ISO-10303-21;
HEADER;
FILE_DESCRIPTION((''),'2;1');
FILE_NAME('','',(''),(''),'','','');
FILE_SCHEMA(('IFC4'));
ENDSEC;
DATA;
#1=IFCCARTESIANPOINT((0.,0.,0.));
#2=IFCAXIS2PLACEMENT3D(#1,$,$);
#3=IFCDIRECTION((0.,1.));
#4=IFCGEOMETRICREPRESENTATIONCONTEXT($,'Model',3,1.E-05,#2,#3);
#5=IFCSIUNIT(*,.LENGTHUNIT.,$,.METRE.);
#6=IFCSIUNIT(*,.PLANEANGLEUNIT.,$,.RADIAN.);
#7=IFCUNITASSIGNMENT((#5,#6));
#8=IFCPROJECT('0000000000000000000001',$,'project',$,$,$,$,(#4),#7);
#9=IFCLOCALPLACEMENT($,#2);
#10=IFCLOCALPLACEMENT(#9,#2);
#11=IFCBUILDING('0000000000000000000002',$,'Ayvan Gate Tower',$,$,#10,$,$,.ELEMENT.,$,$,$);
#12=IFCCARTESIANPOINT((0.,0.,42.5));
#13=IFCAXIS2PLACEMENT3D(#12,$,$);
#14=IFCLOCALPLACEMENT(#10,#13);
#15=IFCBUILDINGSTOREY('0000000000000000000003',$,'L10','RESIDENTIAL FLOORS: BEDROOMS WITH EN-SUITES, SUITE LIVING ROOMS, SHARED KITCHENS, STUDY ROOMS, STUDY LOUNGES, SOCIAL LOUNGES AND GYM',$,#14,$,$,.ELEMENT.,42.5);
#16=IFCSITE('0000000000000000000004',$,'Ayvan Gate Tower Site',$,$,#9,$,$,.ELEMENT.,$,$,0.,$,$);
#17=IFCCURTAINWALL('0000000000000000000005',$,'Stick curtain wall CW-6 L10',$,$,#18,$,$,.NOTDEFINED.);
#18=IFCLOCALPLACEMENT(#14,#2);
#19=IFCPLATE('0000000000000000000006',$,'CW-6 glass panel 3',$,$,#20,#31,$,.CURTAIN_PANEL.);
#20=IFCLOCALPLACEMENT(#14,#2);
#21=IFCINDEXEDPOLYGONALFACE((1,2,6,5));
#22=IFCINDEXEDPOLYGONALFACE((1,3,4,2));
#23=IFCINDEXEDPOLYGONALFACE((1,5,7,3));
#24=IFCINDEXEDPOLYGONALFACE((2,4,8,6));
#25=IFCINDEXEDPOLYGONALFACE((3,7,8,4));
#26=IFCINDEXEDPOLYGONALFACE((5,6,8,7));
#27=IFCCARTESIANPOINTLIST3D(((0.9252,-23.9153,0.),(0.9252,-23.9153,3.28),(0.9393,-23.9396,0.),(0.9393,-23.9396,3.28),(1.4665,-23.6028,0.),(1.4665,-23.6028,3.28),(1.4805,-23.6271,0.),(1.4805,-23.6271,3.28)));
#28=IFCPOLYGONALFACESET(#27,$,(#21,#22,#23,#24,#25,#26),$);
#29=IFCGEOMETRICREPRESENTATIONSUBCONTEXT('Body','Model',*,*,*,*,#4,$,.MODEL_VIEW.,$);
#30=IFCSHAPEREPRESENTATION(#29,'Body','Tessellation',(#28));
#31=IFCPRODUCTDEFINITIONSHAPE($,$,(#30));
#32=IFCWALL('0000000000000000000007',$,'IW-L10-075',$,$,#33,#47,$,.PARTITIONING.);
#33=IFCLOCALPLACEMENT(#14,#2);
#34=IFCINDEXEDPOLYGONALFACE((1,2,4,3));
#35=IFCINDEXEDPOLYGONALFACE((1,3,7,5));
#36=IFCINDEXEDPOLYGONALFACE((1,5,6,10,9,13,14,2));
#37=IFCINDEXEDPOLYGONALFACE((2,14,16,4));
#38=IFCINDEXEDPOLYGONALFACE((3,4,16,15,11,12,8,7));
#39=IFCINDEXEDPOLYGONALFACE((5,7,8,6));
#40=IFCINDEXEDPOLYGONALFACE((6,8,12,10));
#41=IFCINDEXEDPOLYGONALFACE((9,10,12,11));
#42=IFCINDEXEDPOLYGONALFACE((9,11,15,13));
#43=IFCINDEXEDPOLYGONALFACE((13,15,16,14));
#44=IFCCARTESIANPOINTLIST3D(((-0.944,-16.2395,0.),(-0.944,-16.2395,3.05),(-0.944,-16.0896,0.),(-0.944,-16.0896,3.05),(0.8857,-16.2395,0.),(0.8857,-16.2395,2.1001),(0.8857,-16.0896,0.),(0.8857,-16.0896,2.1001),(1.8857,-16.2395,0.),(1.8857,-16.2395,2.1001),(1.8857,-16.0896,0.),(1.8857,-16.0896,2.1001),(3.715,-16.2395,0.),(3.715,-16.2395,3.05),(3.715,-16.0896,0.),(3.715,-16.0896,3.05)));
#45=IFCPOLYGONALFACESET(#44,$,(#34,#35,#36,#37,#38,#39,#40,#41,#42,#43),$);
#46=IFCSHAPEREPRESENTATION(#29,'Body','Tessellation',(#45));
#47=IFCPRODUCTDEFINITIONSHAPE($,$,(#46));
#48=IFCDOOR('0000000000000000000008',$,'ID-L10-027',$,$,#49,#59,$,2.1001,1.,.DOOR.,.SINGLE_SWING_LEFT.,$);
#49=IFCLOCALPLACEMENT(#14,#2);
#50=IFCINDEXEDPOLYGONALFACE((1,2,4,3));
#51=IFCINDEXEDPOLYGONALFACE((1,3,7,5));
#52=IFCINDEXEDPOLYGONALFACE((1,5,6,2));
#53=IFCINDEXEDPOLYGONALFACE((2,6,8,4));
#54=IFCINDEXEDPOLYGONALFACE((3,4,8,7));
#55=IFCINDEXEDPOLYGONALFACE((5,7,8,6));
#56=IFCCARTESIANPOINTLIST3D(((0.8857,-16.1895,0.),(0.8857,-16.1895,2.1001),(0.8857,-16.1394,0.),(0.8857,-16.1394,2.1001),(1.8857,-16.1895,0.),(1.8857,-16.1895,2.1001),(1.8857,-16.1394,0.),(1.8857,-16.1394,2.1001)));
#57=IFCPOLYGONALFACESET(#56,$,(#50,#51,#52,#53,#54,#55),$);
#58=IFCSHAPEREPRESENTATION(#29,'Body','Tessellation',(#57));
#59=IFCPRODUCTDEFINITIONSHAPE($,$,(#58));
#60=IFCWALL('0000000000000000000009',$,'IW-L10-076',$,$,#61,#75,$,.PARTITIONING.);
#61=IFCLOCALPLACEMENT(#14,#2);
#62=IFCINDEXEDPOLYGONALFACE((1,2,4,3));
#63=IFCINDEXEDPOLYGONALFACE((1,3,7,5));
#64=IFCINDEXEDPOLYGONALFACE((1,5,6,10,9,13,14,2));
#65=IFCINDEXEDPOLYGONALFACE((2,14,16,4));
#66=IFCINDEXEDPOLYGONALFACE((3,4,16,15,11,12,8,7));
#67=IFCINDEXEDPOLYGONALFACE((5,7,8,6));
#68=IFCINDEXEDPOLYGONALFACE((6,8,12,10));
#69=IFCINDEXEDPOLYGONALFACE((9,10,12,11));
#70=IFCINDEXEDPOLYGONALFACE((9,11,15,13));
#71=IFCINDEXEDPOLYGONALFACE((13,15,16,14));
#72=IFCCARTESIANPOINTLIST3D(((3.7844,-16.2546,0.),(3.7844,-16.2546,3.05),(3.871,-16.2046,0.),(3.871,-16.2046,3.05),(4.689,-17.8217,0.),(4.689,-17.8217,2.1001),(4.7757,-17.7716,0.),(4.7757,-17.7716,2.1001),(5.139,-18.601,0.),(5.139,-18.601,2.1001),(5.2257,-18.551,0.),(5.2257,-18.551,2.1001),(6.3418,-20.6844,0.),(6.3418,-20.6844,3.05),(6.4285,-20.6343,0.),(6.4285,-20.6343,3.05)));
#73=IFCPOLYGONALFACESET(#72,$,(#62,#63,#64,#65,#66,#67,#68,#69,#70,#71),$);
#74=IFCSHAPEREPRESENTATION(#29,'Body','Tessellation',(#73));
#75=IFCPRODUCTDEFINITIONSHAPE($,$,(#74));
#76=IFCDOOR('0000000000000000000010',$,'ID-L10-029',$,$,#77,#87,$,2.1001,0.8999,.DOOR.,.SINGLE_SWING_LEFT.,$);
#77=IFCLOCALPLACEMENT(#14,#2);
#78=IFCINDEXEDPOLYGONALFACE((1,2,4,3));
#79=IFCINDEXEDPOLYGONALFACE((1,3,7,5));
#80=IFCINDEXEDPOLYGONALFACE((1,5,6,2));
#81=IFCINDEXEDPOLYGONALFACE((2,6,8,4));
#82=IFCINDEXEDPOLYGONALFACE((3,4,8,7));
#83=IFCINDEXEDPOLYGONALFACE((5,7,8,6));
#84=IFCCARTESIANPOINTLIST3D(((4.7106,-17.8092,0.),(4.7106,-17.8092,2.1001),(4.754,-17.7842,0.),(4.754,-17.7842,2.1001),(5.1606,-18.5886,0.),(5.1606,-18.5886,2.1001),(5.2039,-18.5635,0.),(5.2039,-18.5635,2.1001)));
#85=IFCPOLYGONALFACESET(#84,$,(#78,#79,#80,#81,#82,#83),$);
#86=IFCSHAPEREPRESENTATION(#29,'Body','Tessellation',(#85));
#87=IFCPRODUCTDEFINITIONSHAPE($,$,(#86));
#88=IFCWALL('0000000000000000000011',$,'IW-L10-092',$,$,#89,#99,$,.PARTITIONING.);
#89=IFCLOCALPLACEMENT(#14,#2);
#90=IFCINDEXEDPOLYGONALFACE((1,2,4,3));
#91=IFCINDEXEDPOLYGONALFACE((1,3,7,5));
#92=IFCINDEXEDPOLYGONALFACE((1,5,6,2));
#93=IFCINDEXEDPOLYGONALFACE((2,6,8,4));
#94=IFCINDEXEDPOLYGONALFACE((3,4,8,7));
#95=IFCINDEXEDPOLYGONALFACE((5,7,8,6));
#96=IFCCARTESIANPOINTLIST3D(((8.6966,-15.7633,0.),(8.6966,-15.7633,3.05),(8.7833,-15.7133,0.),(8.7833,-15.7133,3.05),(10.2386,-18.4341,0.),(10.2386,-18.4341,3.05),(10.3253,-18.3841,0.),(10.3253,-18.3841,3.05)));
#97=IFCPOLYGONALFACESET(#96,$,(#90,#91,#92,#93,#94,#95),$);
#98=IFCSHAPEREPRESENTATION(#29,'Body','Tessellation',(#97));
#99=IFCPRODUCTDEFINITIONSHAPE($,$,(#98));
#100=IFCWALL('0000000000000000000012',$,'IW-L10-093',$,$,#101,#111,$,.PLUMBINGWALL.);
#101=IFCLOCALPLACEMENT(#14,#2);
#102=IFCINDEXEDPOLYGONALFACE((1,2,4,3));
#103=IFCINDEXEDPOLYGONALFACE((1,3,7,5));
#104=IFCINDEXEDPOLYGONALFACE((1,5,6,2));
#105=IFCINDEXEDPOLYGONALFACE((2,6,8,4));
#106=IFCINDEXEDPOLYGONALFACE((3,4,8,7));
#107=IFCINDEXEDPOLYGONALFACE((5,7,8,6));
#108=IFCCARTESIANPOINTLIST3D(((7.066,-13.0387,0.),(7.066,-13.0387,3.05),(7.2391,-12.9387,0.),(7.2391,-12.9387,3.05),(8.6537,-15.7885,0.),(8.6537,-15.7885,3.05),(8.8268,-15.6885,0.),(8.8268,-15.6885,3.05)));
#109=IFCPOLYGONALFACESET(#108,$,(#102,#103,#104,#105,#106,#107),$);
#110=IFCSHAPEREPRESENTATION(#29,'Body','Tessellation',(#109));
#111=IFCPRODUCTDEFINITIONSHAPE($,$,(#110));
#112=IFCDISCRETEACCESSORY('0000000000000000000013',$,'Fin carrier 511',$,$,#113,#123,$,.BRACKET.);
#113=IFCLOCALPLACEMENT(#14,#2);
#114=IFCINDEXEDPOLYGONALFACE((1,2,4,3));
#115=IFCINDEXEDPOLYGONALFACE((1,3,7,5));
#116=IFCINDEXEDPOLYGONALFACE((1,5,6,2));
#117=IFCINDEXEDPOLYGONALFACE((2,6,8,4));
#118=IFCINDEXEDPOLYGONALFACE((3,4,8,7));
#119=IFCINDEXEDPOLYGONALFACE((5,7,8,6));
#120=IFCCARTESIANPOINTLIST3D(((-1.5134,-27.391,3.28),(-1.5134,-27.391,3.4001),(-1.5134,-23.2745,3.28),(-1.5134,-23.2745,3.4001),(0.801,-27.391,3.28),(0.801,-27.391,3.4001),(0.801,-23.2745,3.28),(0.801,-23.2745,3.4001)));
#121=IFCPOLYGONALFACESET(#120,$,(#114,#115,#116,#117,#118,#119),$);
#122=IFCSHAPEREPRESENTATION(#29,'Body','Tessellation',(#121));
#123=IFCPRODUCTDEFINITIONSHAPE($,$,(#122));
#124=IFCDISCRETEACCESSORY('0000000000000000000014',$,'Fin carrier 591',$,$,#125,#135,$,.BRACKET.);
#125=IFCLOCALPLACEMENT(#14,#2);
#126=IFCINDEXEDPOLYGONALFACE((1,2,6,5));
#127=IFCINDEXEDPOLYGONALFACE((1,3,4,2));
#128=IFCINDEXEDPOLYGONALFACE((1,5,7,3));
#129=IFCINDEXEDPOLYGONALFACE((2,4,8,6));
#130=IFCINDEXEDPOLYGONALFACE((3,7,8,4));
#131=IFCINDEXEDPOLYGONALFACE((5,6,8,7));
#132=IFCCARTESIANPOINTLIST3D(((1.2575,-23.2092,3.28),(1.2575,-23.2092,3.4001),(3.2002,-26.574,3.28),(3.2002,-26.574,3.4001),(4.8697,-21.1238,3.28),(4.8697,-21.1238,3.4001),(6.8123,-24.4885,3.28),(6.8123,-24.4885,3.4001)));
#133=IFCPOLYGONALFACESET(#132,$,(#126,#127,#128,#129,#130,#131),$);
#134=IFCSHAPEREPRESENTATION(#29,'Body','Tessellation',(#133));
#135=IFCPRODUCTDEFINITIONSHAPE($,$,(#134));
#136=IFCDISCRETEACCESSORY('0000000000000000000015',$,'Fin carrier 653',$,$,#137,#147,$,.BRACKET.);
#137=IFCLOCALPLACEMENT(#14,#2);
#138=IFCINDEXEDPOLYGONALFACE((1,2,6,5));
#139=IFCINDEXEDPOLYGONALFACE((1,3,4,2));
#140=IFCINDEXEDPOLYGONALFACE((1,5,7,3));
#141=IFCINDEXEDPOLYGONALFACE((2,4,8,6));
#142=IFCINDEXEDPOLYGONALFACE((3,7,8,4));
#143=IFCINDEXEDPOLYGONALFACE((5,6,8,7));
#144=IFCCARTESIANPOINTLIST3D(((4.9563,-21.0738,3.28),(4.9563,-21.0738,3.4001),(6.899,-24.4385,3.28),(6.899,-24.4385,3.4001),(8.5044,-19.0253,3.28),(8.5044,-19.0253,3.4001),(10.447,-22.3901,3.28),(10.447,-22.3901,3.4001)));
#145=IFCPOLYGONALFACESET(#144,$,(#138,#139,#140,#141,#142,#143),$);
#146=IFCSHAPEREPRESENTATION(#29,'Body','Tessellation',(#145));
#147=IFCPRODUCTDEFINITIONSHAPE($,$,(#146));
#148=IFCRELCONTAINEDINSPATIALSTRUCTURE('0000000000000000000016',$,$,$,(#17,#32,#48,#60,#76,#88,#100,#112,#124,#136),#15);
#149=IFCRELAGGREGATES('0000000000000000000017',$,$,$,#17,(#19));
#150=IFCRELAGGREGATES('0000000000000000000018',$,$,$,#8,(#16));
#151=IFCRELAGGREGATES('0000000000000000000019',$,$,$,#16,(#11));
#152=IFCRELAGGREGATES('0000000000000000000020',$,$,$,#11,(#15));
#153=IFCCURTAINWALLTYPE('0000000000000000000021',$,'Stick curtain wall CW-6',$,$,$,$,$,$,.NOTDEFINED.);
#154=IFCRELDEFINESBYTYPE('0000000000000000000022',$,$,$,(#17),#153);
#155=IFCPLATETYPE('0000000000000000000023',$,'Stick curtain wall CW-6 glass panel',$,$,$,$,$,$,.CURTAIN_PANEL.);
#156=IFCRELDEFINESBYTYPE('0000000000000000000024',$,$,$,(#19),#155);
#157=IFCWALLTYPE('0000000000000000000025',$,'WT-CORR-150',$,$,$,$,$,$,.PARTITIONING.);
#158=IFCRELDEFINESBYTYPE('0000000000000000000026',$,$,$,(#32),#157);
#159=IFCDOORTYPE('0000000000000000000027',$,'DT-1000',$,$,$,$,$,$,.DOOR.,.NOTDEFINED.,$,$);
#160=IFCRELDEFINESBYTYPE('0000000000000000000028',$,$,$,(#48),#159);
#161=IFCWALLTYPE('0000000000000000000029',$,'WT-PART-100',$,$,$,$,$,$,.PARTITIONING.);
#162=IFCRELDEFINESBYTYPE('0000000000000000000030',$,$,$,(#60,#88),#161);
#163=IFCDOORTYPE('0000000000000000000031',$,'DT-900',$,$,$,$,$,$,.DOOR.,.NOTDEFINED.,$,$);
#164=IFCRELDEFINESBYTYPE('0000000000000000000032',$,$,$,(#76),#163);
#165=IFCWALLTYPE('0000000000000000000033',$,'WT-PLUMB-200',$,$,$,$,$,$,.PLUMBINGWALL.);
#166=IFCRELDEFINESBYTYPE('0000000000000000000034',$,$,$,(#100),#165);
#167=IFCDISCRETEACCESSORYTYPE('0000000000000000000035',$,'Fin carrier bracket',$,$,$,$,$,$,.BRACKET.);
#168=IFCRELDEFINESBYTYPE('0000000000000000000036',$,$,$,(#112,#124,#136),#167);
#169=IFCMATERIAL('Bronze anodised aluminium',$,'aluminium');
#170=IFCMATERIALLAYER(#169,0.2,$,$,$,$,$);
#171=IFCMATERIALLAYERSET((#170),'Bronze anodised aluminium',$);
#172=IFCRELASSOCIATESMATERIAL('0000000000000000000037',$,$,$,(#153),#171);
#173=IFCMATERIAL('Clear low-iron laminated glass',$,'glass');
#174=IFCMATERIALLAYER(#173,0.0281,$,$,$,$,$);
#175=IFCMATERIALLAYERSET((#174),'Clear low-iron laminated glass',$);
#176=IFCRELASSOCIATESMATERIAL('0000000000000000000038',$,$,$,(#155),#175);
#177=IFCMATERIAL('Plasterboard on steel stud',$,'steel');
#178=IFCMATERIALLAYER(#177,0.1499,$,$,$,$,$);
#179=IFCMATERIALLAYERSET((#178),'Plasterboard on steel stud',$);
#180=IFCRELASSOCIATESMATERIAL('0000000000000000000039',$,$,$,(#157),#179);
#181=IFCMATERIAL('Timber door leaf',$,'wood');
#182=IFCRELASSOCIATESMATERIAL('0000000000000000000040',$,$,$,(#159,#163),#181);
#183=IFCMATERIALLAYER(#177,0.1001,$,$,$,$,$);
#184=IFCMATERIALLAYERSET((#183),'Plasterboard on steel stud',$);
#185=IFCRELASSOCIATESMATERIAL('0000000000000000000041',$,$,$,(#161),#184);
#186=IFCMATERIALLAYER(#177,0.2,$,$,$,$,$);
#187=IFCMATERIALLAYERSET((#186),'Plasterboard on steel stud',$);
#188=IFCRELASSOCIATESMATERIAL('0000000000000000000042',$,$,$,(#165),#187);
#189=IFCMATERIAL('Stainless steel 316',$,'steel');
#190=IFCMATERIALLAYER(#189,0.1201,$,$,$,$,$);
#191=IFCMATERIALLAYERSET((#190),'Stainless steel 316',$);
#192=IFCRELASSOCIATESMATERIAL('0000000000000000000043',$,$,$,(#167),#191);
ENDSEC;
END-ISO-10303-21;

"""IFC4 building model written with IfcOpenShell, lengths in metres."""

from ifc_helpers import new_model, si_unit, direction, frame, frame_2d, origin, origin_2d, place, context, subcontext, project, spatial, rectangle, extrude, material, layer, layer_set, type_object, element, fill, aggregate, save


model = new_model("IFC4")

# Units and contexts
model_context = context("Model", 3, precision=1e-05, world=origin(), true_north=direction((0.0, 1.0)))
body_context = subcontext(model_context, "Body", "Model", "MODEL_VIEW")
ifc_project = project(units=[si_unit("LENGTHUNIT", "METRE"), si_unit("PLANEANGLEUNIT", "RADIAN")], contexts=[model_context])

# Site, building, storey
site_placement = place(None, origin())
site = spatial("IfcSite", under=ifc_project, at=site_placement, Name="Ayvan Gate Tower Site", CompositionType="ELEMENT", RefElevation=0.0)
building_placement = place(site_placement, origin())
building = spatial("IfcBuilding", under=site, at=building_placement, Name="Ayvan Gate Tower", CompositionType="ELEMENT")
storey_placement = place(building_placement, frame((0.0, 0.0, 42.5)))
storey = spatial("IfcBuildingStorey", under=building, at=storey_placement, Name="L10", Description="RESIDENTIAL FLOORS: BEDROOMS WITH EN-SUITES, SUITE LIVING ROOMS, SHARED KITCHENS, STUDY ROOMS, STUDY LOUNGES, SOCIAL LOUNGES AND GYM", CompositionType="ELEMENT", Elevation=42.5)

# Curtain wall
ifc_material_1 = material(Name="Bronze anodised aluminium", Category="aluminium")
ifc_layer_1 = layer(ifc_material_1, 0.2)
ifc_layer_set_1 = layer_set([ifc_layer_1], Name="Bronze anodised aluminium")
curtain_wall_type_1 = type_object("IfcCurtainWallType", Name="Stick curtain wall CW-6", PredefinedType="NOTDEFINED", material=ifc_layer_set_1)
curtain_wall_1_placement = place(storey_placement, origin())
curtain_wall_1 = element("IfcCurtainWall", 1, at=curtain_wall_1_placement, inside=storey, type_object=curtain_wall_type_1, Name="Stick curtain wall CW-6 L10", PredefinedType="NOTDEFINED")

# Plate
ifc_material_2 = material(Name="Clear low-iron laminated glass", Category="glass")
ifc_layer_2 = layer(ifc_material_2, 0.0281)
ifc_layer_set_2 = layer_set([ifc_layer_2], Name="Clear low-iron laminated glass")
plate_type_1 = type_object("IfcPlateType", Name="Stick curtain wall CW-6 glass panel", PredefinedType="CURTAIN_PANEL", material=ifc_layer_set_2)
plate_1_placement = place(storey_placement, frame((1.2029, -23.7712, 0.0), z_axis=(0.0, 0.0, 1.0), x_axis=(0.866025, 0.5, 0.0)))
plate_1 = element("IfcPlate", 2, at=plate_1_placement, type_object=plate_type_1, Name="CW-6 glass panel 3", PredefinedType="CURTAIN_PANEL", context=body_context, shape_type="SweptSolid", body=[
    extrude(rectangle(XDim=0.625, YDim=0.0281, at=origin_2d()), origin(), (0.0, 0.0, 1.0), 3.28),
])
aggregate(curtain_wall_1, [plate_1])

# Walls, openings, doors
ifc_material_3 = material(Name="Plasterboard on steel stud", Category="steel")
ifc_layer_3 = layer(ifc_material_3, 0.1499)
ifc_layer_set_3 = layer_set([ifc_layer_3], Name="Plasterboard on steel stud")
wall_type_1 = type_object("IfcWallType", Name="WT-CORR-150", PredefinedType="PARTITIONING", material=ifc_layer_set_3)
wall_1_placement = place(storey_placement, frame((3.7151, -16.1646, 0.0), z_axis=(0.0, 0.0, 1.0), x_axis=(-1.0, 0.0, 0.0)))
wall_1 = element("IfcWall", 3, at=wall_1_placement, inside=storey, type_object=wall_type_1, Name="IW-L10-075", PredefinedType="PARTITIONING", context=body_context, shape_type="SweptSolid", body=[
    extrude(rectangle(XDim=4.6589, YDim=0.1499, at=frame_2d((2.3296, 0.0))), origin(), (0.0, 0.0, 1.0), 3.05),
])
opening_1_placement = place(wall_1_placement, frame((1.8293, 0.0, 0.0)))
opening_1 = element("IfcOpeningElement", 4, at=opening_1_placement, cuts=wall_1, PredefinedType="OPENING", context=body_context, shape_type="SweptSolid", body=[
    extrude(rectangle(XDim=1.0, YDim=2.1001, at=frame_2d((0.5, 1.05))), frame((0.0, 0.085, 0.0), z_axis=(0.0, -1.0, 0.0), x_axis=(1.0, 0.0, 0.0)), (0.0, 0.0, 1.0), 0.1699),
])
ifc_material_4 = material(Name="Timber door leaf", Category="wood")
door_type_1 = type_object("IfcDoorType", Name="DT-1000", OperationType="NOTDEFINED", PredefinedType="DOOR", material=ifc_material_4)
door_1_placement = place(opening_1_placement, origin())
door_1 = element("IfcDoor", 5, at=door_1_placement, inside=storey, type_object=door_type_1, Name="ID-L10-027", OperationType="SINGLE_SWING_LEFT", OverallHeight=2.1001, OverallWidth=1.0, PredefinedType="DOOR", context=body_context, shape_type="SweptSolid", body=[
    extrude(rectangle(XDim=1.0, YDim=2.1001, at=frame_2d((0.5, 1.05))), frame((0.0, 0.0249, 0.0), z_axis=(0.0, -1.0, 0.0), x_axis=(1.0, 0.0, 0.0)), (0.0, 0.0, 1.0), 0.05),
])
fill(opening_1, door_1)
ifc_layer_4 = layer(ifc_material_3, 0.1001)
ifc_layer_set_4 = layer_set([ifc_layer_4], Name="Plasterboard on steel stud")
wall_type_2 = type_object("IfcWallType", Name="WT-PART-100", PredefinedType="PARTITIONING", material=ifc_layer_set_4)
wall_2_placement = place(storey_placement, frame((3.8276, -16.2295, 0.0), z_axis=(0.0, 0.0, 1.0), x_axis=(0.499984, -0.866035, 0.0)))
wall_2 = element("IfcWall", 6, at=wall_2_placement, inside=storey, type_object=wall_type_2, Name="IW-L10-076", PredefinedType="PARTITIONING", context=body_context, shape_type="SweptSolid", body=[
    extrude(rectangle(XDim=5.115, YDim=0.1001, at=frame_2d((2.5576, 0.0))), origin(), (0.0, 0.0, 1.0), 3.05),
])
opening_2_placement = place(wall_2_placement, frame((1.8096, 0.0, 0.0)))
opening_2 = element("IfcOpeningElement", 7, at=opening_2_placement, cuts=wall_2, PredefinedType="OPENING", context=body_context, shape_type="SweptSolid", body=[
    extrude(rectangle(XDim=0.8999, YDim=2.1001, at=frame_2d((0.45, 1.05))), frame((0.0, 0.0601, 0.0), z_axis=(0.0, -1.0, 0.0), x_axis=(1.0, 0.0, 0.0)), (0.0, 0.0, 1.0), 0.1201),
])
door_type_2 = type_object("IfcDoorType", Name="DT-900", OperationType="NOTDEFINED", PredefinedType="DOOR", material=ifc_material_4)
door_2_placement = place(opening_2_placement, origin())
door_2 = element("IfcDoor", 8, at=door_2_placement, inside=storey, type_object=door_type_2, Name="ID-L10-029", OperationType="SINGLE_SWING_LEFT", OverallHeight=2.1001, OverallWidth=0.8999, PredefinedType="DOOR", context=body_context, shape_type="SweptSolid", body=[
    extrude(rectangle(XDim=0.8999, YDim=2.1001, at=frame_2d((0.45, 1.05))), frame((0.0, 0.0249, 0.0), z_axis=(0.0, -1.0, 0.0), x_axis=(1.0, 0.0, 0.0)), (0.0, 0.0, 1.0), 0.05),
])
fill(opening_2, door_2)

# Walls
wall_3_placement = place(storey_placement, frame((8.74, -15.7383, 0.0), z_axis=(0.0, 0.0, 1.0), x_axis=(0.499987, -0.866033, 0.0)))
element("IfcWall", 9, at=wall_3_placement, inside=storey, type_object=wall_type_2, Name="IW-L10-092", PredefinedType="PARTITIONING", context=body_context, shape_type="SweptSolid", body=[
    extrude(rectangle(XDim=3.084, YDim=0.1001, at=frame_2d((1.542, 0.0))), origin(), (0.0, 0.0, 1.0), 3.05),
])
ifc_layer_5 = layer(ifc_material_3, 0.2)
ifc_layer_set_5 = layer_set([ifc_layer_5], Name="Plasterboard on steel stud")
wall_type_3 = type_object("IfcWallType", Name="WT-PLUMB-200", PredefinedType="PLUMBINGWALL", material=ifc_layer_set_5)
wall_4_placement = place(storey_placement, frame((8.7402, -15.7385, 0.0), z_axis=(0.0, 0.0, 1.0), x_axis=(-0.500018, 0.866015, 0.0)))
element("IfcWall", 10, at=wall_4_placement, inside=storey, type_object=wall_type_3, Name="IW-L10-093", PredefinedType="PLUMBINGWALL", context=body_context, shape_type="SweptSolid", body=[
    extrude(rectangle(XDim=3.1753, YDim=0.2, at=frame_2d((1.5876, 0.0))), origin(), (0.0, 0.0, 1.0), 3.05),
])

# Discrete accessories
ifc_material_5 = material(Name="Stainless steel 316", Category="steel")
ifc_layer_6 = layer(ifc_material_5, 0.1201)
ifc_layer_set_6 = layer_set([ifc_layer_6], Name="Stainless steel 316")
discrete_accessory_type = type_object("IfcDiscreteAccessoryType", Name="Fin carrier bracket", PredefinedType="BRACKET", material=ifc_layer_set_6)
discrete_accessory_1_placement = place(storey_placement, frame((-0.3562, -25.3328, 3.28), z_axis=(0.0, 0.0, 1.0), x_axis=(1.0, 0.0, 0.0)))
element("IfcDiscreteAccessory", 11, at=discrete_accessory_1_placement, inside=storey, type_object=discrete_accessory_type, Name="Fin carrier 511", PredefinedType="BRACKET", context=body_context, shape_type="SweptSolid", body=[
    extrude(rectangle(XDim=2.3145, YDim=4.1165, at=origin_2d()), origin(), (0.0, 0.0, 1.0), 0.1201),
])
discrete_accessory_2_placement = place(storey_placement, frame((4.0349, -23.8489, 3.28), z_axis=(0.0, 0.0, 1.0), x_axis=(0.866025, 0.5, 0.0)))
element("IfcDiscreteAccessory", 12, at=discrete_accessory_2_placement, inside=storey, type_object=discrete_accessory_type, Name="Fin carrier 591", PredefinedType="BRACKET", context=body_context, shape_type="SweptSolid", body=[
    extrude(rectangle(XDim=4.1709, YDim=3.8853, at=origin_2d()), origin(), (0.0, 0.0, 1.0), 0.1201),
])
discrete_accessory_3_placement = place(storey_placement, frame((7.7017, -21.7319, 3.28), z_axis=(0.0, 0.0, 1.0), x_axis=(0.866025, 0.5, 0.0)))
element("IfcDiscreteAccessory", 13, at=discrete_accessory_3_placement, inside=storey, type_object=discrete_accessory_type, Name="Fin carrier 653", PredefinedType="BRACKET", context=body_context, shape_type="SweptSolid", body=[
    extrude(rectangle(XDim=4.0969, YDim=3.8853, at=origin_2d()), origin(), (0.0, 0.0, 1.0), 0.1201),
])

save(model, "model.ifc")
